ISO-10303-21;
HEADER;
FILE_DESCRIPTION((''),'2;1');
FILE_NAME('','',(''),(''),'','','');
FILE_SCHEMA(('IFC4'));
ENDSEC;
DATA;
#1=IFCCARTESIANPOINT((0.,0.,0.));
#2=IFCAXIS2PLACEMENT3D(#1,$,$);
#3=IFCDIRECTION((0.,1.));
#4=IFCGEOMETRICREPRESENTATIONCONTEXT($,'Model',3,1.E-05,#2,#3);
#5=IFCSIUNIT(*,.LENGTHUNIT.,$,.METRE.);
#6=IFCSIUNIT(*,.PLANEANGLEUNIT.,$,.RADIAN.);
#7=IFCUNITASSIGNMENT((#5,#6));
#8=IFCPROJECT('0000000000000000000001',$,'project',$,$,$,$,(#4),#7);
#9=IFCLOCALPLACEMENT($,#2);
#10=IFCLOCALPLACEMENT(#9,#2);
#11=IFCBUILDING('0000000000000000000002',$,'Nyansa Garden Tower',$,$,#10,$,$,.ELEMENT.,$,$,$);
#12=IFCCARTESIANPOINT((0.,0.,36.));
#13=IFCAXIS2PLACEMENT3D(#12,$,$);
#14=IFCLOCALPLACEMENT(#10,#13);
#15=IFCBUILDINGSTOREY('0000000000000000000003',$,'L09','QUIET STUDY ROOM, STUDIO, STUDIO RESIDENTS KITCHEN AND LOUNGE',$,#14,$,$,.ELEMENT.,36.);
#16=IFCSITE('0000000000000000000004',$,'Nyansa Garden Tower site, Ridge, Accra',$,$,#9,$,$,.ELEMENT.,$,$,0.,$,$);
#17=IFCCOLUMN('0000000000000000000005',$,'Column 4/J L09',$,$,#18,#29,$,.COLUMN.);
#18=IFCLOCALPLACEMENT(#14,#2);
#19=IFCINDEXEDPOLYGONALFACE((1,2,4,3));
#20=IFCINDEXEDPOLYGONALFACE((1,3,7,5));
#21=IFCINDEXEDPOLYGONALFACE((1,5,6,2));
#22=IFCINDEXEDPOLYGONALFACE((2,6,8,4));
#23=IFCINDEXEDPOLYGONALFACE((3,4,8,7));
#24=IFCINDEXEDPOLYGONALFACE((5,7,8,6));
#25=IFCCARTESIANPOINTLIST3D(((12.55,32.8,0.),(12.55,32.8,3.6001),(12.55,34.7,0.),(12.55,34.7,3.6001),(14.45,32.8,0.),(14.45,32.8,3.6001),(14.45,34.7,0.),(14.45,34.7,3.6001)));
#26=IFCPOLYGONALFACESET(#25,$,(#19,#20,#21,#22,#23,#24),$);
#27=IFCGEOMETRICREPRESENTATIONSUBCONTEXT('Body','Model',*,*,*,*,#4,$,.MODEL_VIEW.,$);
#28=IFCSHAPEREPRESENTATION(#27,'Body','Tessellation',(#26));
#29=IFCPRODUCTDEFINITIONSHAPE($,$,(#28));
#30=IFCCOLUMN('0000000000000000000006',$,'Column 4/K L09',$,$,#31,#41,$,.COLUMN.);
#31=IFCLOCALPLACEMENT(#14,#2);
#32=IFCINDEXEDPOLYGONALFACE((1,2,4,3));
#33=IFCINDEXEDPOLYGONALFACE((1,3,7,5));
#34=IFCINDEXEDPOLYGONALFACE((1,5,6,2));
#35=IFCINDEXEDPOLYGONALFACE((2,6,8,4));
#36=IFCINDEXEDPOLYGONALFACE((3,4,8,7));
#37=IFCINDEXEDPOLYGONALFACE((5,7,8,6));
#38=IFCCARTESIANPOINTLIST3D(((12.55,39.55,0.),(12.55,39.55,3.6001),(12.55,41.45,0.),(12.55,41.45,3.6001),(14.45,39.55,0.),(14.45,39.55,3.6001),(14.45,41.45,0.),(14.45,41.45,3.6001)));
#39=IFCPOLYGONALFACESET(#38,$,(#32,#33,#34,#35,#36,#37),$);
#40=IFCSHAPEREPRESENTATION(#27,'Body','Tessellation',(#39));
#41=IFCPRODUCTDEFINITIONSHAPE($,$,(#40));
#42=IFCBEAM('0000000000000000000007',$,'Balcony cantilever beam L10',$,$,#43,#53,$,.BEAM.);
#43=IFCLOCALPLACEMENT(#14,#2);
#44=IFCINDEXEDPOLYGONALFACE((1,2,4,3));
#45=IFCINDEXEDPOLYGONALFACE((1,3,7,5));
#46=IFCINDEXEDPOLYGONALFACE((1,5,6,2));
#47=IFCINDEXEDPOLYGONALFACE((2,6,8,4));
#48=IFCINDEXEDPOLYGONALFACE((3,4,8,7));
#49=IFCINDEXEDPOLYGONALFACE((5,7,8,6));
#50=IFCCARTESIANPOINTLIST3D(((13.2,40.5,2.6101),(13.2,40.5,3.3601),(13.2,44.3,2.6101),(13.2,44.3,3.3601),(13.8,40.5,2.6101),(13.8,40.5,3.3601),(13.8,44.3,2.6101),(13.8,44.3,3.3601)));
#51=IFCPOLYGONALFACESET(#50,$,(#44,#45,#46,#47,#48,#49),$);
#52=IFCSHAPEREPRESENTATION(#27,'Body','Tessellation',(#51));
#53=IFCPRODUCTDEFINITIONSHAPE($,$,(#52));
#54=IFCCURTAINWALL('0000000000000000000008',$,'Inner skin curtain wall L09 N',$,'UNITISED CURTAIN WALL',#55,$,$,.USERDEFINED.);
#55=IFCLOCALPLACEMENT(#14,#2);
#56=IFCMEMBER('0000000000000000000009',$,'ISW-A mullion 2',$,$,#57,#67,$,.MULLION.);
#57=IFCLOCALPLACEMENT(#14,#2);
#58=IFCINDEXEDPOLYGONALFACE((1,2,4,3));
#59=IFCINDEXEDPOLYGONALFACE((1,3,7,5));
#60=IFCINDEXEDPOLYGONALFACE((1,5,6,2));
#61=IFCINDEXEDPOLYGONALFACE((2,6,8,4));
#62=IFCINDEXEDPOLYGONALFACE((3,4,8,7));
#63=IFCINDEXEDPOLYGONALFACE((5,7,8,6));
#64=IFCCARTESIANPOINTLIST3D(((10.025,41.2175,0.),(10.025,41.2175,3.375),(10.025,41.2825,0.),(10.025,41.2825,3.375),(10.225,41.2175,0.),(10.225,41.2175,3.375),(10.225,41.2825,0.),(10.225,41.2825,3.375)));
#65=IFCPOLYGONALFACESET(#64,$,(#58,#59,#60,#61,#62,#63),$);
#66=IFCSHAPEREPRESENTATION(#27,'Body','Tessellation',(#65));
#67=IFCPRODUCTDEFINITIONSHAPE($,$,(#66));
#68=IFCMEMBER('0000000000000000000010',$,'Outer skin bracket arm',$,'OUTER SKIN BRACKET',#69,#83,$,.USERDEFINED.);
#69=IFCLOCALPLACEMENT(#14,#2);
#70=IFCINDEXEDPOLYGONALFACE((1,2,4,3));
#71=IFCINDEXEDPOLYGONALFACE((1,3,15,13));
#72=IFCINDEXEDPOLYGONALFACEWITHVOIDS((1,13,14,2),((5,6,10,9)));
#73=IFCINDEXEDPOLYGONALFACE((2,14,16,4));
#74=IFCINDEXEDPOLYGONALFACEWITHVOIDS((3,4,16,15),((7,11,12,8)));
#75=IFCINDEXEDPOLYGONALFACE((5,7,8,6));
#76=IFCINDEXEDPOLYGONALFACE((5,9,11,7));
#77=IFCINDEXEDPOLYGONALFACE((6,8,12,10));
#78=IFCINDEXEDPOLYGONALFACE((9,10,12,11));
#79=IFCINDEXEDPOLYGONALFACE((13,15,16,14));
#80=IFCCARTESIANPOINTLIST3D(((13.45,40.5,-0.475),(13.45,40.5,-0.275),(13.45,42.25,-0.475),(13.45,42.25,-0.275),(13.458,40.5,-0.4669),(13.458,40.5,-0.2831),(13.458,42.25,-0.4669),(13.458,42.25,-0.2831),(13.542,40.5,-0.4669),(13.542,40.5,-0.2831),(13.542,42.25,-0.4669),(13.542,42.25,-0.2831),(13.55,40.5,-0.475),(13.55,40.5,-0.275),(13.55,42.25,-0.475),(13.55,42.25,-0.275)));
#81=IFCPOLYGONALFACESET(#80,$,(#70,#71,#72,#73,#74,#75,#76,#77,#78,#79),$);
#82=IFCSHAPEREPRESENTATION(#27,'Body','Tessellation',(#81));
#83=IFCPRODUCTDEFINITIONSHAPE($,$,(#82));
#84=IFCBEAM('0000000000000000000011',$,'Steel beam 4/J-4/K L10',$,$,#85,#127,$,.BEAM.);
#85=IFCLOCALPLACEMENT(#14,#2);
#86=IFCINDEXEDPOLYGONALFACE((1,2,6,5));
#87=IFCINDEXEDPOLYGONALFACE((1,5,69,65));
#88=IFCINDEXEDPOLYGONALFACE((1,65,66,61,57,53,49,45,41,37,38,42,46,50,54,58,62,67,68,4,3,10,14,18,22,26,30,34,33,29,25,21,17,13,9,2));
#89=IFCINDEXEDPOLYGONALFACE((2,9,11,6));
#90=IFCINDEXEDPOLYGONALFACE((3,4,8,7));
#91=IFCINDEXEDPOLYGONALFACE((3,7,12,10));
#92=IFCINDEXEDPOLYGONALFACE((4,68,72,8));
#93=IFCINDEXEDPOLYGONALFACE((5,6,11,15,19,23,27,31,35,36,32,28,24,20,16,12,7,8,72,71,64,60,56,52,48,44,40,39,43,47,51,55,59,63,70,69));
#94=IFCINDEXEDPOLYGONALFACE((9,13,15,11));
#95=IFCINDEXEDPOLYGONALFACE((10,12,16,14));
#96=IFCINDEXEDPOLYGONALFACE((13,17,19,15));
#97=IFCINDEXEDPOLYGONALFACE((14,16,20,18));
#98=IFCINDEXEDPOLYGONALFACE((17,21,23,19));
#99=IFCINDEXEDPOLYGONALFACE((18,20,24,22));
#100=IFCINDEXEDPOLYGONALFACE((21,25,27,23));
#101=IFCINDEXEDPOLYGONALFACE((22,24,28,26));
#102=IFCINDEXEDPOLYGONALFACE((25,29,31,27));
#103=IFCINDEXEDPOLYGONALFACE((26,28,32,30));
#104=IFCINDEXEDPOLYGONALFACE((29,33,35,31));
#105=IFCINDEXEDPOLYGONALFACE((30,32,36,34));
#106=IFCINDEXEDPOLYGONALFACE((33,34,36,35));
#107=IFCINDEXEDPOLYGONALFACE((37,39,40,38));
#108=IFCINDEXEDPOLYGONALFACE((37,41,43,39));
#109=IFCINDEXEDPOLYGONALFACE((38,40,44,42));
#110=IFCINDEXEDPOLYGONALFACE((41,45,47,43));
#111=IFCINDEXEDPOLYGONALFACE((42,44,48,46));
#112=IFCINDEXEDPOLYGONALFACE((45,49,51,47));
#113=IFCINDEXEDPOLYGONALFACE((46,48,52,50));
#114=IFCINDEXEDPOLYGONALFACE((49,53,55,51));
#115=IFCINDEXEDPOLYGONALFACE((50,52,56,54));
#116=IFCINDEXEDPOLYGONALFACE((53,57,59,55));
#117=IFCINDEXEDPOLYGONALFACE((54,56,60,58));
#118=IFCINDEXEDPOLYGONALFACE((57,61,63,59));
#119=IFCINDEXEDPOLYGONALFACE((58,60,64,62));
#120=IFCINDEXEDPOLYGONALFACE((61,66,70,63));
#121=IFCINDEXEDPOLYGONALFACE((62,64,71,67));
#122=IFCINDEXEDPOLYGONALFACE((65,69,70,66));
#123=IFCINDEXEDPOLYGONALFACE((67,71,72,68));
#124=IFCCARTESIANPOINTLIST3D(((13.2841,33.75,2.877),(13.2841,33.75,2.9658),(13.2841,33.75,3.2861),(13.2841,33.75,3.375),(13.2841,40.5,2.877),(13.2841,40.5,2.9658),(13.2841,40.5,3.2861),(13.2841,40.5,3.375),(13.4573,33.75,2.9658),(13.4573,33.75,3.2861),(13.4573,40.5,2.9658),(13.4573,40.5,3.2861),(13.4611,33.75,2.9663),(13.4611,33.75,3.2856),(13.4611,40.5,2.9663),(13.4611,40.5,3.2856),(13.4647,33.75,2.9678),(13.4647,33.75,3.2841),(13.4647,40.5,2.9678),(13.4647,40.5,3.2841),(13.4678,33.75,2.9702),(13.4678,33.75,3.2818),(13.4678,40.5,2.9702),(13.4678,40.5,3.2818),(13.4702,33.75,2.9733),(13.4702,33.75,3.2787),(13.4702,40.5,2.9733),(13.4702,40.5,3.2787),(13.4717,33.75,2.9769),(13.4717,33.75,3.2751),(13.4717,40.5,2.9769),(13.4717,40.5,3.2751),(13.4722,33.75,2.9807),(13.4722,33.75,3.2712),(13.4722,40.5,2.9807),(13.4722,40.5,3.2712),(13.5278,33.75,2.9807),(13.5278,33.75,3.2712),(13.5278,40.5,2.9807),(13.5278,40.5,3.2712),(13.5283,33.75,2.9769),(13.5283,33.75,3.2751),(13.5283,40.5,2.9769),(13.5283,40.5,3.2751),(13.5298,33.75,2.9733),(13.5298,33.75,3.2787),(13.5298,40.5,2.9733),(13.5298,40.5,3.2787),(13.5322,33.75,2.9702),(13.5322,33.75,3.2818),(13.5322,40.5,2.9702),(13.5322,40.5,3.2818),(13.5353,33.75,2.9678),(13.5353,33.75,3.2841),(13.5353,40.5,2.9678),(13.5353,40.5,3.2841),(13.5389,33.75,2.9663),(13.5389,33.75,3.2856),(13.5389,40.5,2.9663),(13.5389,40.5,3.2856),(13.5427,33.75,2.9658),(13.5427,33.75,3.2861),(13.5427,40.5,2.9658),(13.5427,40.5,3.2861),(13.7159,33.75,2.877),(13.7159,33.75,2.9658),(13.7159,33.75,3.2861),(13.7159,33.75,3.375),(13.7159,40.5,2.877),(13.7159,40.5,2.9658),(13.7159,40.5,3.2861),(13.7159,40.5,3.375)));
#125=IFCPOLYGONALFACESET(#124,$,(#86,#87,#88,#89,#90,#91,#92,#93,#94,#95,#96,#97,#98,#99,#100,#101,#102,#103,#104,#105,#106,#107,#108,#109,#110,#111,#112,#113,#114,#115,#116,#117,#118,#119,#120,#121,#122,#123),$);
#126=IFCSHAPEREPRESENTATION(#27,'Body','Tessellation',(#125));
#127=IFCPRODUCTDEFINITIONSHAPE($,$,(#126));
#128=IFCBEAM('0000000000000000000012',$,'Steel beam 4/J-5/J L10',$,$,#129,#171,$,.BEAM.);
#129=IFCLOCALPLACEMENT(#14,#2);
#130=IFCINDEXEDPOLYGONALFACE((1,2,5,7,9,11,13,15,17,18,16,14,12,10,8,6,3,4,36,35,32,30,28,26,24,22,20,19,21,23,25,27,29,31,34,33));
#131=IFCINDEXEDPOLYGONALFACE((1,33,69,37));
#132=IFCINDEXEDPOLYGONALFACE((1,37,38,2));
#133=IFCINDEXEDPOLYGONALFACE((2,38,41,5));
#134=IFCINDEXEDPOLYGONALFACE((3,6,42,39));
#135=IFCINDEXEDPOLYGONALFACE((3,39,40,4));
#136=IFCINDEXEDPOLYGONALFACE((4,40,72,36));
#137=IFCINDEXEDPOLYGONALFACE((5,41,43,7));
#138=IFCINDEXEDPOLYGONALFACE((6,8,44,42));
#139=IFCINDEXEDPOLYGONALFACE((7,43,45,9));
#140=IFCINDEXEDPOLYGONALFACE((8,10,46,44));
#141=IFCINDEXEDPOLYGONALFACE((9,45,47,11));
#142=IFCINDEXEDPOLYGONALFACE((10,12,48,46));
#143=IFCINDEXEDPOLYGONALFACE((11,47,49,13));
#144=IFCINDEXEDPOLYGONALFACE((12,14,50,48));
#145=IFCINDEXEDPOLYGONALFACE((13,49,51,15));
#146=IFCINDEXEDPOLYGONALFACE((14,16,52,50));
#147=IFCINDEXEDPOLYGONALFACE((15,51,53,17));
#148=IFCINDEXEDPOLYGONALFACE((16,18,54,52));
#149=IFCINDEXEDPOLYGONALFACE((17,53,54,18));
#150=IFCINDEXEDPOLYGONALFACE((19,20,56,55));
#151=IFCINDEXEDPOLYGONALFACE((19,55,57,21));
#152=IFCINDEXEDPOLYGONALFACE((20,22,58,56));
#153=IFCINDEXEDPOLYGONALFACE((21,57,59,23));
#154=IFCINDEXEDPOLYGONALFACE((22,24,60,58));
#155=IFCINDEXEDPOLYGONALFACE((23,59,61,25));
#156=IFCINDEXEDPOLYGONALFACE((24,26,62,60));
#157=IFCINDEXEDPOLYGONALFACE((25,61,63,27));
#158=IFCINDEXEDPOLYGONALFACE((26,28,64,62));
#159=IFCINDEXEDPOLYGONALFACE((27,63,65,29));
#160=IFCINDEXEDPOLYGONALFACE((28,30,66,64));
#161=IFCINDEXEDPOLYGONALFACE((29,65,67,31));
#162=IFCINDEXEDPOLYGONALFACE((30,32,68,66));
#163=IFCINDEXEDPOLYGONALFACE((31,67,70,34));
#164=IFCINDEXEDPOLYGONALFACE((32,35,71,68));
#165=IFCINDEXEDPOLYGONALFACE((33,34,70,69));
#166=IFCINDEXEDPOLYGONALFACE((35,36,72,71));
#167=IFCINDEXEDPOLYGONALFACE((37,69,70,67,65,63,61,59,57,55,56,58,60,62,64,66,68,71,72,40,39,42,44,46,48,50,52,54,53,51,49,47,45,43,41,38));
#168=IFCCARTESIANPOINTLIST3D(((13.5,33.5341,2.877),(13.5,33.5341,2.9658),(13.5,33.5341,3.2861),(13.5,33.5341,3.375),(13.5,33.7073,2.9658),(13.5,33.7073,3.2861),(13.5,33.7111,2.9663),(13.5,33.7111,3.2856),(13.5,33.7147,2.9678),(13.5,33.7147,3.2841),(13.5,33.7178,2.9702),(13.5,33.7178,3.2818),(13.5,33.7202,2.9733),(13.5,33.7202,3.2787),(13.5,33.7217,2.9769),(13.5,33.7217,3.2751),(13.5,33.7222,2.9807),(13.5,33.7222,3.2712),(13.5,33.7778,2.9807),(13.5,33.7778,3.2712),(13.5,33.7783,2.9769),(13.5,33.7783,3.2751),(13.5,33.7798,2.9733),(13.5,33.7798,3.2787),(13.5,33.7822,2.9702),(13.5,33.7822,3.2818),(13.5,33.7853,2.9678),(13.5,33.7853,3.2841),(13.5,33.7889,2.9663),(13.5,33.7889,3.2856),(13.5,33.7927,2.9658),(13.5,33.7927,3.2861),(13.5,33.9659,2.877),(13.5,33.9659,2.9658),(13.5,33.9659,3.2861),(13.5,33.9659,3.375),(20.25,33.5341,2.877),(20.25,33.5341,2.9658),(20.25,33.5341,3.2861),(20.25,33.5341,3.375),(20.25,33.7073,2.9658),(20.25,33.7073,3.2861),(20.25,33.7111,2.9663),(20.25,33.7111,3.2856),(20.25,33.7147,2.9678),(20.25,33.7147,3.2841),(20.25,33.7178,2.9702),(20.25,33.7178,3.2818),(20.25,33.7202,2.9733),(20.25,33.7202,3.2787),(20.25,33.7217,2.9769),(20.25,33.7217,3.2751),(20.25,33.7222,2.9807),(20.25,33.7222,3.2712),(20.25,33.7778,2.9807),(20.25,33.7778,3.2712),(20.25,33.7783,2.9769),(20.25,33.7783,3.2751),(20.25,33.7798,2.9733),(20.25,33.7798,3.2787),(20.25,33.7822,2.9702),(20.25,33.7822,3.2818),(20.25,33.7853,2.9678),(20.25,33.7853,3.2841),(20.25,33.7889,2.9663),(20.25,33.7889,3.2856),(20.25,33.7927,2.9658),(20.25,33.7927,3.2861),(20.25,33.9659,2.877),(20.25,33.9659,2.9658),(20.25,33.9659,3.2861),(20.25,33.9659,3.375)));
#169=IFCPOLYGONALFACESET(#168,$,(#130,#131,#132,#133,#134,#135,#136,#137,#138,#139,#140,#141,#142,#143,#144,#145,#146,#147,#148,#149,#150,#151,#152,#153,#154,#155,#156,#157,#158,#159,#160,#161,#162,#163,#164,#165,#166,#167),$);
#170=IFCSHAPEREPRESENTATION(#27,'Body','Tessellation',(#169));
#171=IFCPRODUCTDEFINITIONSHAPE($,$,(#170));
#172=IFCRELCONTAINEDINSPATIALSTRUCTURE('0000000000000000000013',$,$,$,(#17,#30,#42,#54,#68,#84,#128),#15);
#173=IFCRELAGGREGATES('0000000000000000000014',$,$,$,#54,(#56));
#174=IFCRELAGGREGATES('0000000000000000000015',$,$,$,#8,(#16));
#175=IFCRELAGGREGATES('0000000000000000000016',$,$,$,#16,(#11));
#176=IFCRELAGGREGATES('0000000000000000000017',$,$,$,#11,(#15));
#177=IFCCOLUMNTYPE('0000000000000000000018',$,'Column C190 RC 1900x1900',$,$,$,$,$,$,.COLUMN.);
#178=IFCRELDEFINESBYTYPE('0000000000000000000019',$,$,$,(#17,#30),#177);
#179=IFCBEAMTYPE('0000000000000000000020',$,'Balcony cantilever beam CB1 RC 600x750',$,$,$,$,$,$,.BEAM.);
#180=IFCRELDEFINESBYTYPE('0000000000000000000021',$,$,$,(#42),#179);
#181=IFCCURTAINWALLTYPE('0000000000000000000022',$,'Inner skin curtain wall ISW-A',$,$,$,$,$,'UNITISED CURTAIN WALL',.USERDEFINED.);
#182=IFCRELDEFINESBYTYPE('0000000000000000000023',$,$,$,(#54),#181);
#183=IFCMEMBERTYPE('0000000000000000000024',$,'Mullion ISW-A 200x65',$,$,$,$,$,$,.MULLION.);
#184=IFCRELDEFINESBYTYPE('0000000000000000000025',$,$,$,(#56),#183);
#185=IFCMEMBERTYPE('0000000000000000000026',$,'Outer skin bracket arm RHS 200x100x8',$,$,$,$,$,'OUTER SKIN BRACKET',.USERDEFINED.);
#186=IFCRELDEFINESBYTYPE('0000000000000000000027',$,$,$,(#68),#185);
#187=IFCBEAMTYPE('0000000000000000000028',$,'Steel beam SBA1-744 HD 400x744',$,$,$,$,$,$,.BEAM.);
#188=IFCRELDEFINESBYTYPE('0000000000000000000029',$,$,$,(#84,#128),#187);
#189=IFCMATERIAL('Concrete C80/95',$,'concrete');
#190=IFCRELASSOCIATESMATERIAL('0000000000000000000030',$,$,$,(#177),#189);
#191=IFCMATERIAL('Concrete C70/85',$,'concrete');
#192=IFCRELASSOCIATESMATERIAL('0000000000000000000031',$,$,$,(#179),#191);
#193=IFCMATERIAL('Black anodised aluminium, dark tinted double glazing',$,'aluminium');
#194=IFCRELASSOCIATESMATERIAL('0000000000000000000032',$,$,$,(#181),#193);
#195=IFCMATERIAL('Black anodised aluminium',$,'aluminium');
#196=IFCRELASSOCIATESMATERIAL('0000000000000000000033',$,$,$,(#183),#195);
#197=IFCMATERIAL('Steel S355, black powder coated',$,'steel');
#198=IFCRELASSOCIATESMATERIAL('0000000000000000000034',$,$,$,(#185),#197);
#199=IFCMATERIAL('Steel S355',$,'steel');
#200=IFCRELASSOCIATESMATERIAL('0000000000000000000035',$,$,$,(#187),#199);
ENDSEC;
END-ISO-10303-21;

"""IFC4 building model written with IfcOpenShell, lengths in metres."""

from ifc_helpers import new_model, si_unit, direction, frame, origin, origin_2d, place, context, subcontext, project, spatial, rectangle, hollow_rectangle, i_section, extrude, material, material_profile, profile_set, type_object, element, aggregate, save


model = new_model("IFC4")

# Units and contexts
model_context = context("Model", 3, precision=1e-05, world=origin(), true_north=direction((0.0, 1.0)))
body_context = subcontext(model_context, "Body", "Model", "MODEL_VIEW")
ifc_project = project(units=[si_unit("LENGTHUNIT", "METRE"), si_unit("PLANEANGLEUNIT", "RADIAN")], contexts=[model_context])

# Site, building, storey
site_placement = place(None, origin())
site = spatial("IfcSite", under=ifc_project, at=site_placement, Name="Nyansa Garden Tower site, Ridge, Accra", CompositionType="ELEMENT", RefElevation=0.0)
building_placement = place(site_placement, origin())
building = spatial("IfcBuilding", under=site, at=building_placement, Name="Nyansa Garden Tower", CompositionType="ELEMENT")
storey_placement = place(building_placement, frame((0.0, 0.0, 36.0)))
storey = spatial("IfcBuildingStorey", under=building, at=storey_placement, Name="L09", Description="QUIET STUDY ROOM, STUDIO, STUDIO RESIDENTS KITCHEN AND LOUNGE", CompositionType="ELEMENT", Elevation=36.0)

# Columns
ifc_material_1 = material(Name="Concrete C80/95", Category="concrete")
ifc_material_profile_1 = material_profile(ifc_material_1, rectangle(XDim=1.8999, YDim=1.8999, at=origin_2d()), Name="RC 1900x1900")
ifc_profile_set_1 = profile_set([ifc_material_profile_1], Name="Concrete C80/95")
column_type = type_object("IfcColumnType", Name="Column C190 RC 1900x1900", PredefinedType="COLUMN", material=ifc_profile_set_1)
for number, where, z_axis, x_axis, name in (
    (1, (13.5, 33.75, 0.0), (0.0, 0.0, 1.0), (1.0, 0.0, 0.0), "Column 4/J L09"),
    (2, (13.5, 40.5, 0.0), (0.0, 0.0, 1.0), (1.0, 0.0, 0.0), "Column 4/K L09"),
):
    element("IfcColumn", number, at=place(storey_placement, frame(where, z_axis=z_axis, x_axis=x_axis)), inside=storey, type_object=column_type, Name=name, PredefinedType="COLUMN", context=body_context, shape_type="SweptSolid", body=[
        extrude(rectangle(XDim=1.8999, YDim=1.8999, at=origin_2d()), origin(), (0.0, 0.0, 1.0), 3.6001),
    ])

# Beam
ifc_material_2 = material(Name="Concrete C70/85", Category="concrete")
ifc_material_profile_2 = material_profile(ifc_material_2, rectangle(XDim=0.6001, YDim=0.75, at=origin_2d()), Name="RC 600x750")
ifc_profile_set_2 = profile_set([ifc_material_profile_2], Name="Concrete C70/85")
beam_type_1 = type_object("IfcBeamType", Name="Balcony cantilever beam CB1 RC 600x750", PredefinedType="BEAM", material=ifc_profile_set_2)
beam_1_placement = place(storey_placement, frame((13.5, 40.5, 2.9851), z_axis=(0.0, 1.0, 0.0), x_axis=(-1.0, 0.0, 0.0)))
element("IfcBeam", 3, at=beam_1_placement, inside=storey, type_object=beam_type_1, Name="Balcony cantilever beam L10", PredefinedType="BEAM", context=body_context, shape_type="SweptSolid", body=[
    extrude(rectangle(XDim=0.6001, YDim=0.75, at=origin_2d()), origin(), (0.0, 0.0, 1.0), 3.8),
])

# Curtain wall, member
ifc_material_3 = material(Name="Black anodised aluminium, dark tinted double glazing", Category="aluminium")
curtain_wall_type = type_object("IfcCurtainWallType", Name="Inner skin curtain wall ISW-A", ElementType="UNITISED CURTAIN WALL", PredefinedType="USERDEFINED", material=ifc_material_3)
curtain_wall_placement = place(storey_placement, origin())
curtain_wall = element("IfcCurtainWall", 4, at=curtain_wall_placement, inside=storey, type_object=curtain_wall_type, Name="Inner skin curtain wall L09 N", ObjectType="UNITISED CURTAIN WALL", PredefinedType="USERDEFINED")
ifc_material_4 = material(Name="Black anodised aluminium", Category="aluminium")
ifc_material_profile_3 = material_profile(ifc_material_4, rectangle(XDim=0.0649, YDim=0.2, at=origin_2d()), Name="Mullion 200x65")
ifc_profile_set_3 = profile_set([ifc_material_profile_3], Name="Black anodised aluminium")
member_type_1 = type_object("IfcMemberType", Name="Mullion ISW-A 200x65", PredefinedType="MULLION", material=ifc_profile_set_3)
member_1_placement = place(storey_placement, frame((10.125, 41.25, 0.0), z_axis=(0.0, 0.0, 1.0), x_axis=(0.0, -1.0, 0.0)))
member_1 = element("IfcMember", 5, at=member_1_placement, type_object=member_type_1, Name="ISW-A mullion 2", PredefinedType="MULLION", context=body_context, shape_type="SweptSolid", body=[
    extrude(rectangle(XDim=0.0649, YDim=0.2, at=origin_2d()), origin(), (0.0, 0.0, 1.0), 3.375),
])
aggregate(curtain_wall, [member_1])

# Member
ifc_material_5 = material(Name="Steel S355, black powder coated", Category="steel")
ifc_material_profile_4 = material_profile(ifc_material_5, hollow_rectangle(XDim=0.1001, YDim=0.2, WallThickness=0.0081, at=origin_2d()), Name="RHS 200x100x8")
ifc_profile_set_4 = profile_set([ifc_material_profile_4], Name="Steel S355, black powder coated")
member_type_2 = type_object("IfcMemberType", Name="Outer skin bracket arm RHS 200x100x8", ElementType="OUTER SKIN BRACKET", PredefinedType="USERDEFINED", material=ifc_profile_set_4)
member_2_placement = place(storey_placement, frame((13.5, 40.5, -0.375), z_axis=(0.0, 1.0, 0.0), x_axis=(-1.0, 0.0, 0.0)))
element("IfcMember", 6, at=member_2_placement, inside=storey, type_object=member_type_2, Name="Outer skin bracket arm", ObjectType="OUTER SKIN BRACKET", PredefinedType="USERDEFINED", context=body_context, shape_type="SweptSolid", body=[
    extrude(hollow_rectangle(XDim=0.1001, YDim=0.2, WallThickness=0.0081, at=origin_2d()), origin(), (0.0, 0.0, 1.0), 1.75),
])

# Beams
ifc_material_6 = material(Name="Steel S355", Category="steel")
ifc_material_profile_5 = material_profile(ifc_material_6, i_section(OverallWidth=0.4319, OverallDepth=0.498, WebThickness=0.0557, FlangeThickness=0.0889, FilletRadius=0.0149, at=origin_2d()), Name="HD 400x744")
ifc_profile_set_5 = profile_set([ifc_material_profile_5], Name="Steel S355")
beam_type_2 = type_object("IfcBeamType", Name="Steel beam SBA1-744 HD 400x744", PredefinedType="BEAM", material=ifc_profile_set_5)
for number, where, z_axis, x_axis, name in (
    (7, (13.5, 33.75, 3.126), (0.0, 1.0, 0.0), (-1.0, 0.0, 0.0), "Steel beam 4/J-4/K L10"),
    (8, (13.5, 33.75, 3.126), (1.0, 0.0, 0.0), (0.0, 1.0, 0.0), "Steel beam 4/J-5/J L10"),
):
    element("IfcBeam", number, at=place(storey_placement, frame(where, z_axis=z_axis, x_axis=x_axis)), inside=storey, type_object=beam_type_2, Name=name, PredefinedType="BEAM", context=body_context, shape_type="SweptSolid", body=[
        extrude(i_section(OverallWidth=0.4319, OverallDepth=0.498, WebThickness=0.0557, FlangeThickness=0.0889, FilletRadius=0.0149, at=origin_2d()), origin(), (0.0, 0.0, 1.0), 6.75),
    ])

save(model, "model.ifc")
